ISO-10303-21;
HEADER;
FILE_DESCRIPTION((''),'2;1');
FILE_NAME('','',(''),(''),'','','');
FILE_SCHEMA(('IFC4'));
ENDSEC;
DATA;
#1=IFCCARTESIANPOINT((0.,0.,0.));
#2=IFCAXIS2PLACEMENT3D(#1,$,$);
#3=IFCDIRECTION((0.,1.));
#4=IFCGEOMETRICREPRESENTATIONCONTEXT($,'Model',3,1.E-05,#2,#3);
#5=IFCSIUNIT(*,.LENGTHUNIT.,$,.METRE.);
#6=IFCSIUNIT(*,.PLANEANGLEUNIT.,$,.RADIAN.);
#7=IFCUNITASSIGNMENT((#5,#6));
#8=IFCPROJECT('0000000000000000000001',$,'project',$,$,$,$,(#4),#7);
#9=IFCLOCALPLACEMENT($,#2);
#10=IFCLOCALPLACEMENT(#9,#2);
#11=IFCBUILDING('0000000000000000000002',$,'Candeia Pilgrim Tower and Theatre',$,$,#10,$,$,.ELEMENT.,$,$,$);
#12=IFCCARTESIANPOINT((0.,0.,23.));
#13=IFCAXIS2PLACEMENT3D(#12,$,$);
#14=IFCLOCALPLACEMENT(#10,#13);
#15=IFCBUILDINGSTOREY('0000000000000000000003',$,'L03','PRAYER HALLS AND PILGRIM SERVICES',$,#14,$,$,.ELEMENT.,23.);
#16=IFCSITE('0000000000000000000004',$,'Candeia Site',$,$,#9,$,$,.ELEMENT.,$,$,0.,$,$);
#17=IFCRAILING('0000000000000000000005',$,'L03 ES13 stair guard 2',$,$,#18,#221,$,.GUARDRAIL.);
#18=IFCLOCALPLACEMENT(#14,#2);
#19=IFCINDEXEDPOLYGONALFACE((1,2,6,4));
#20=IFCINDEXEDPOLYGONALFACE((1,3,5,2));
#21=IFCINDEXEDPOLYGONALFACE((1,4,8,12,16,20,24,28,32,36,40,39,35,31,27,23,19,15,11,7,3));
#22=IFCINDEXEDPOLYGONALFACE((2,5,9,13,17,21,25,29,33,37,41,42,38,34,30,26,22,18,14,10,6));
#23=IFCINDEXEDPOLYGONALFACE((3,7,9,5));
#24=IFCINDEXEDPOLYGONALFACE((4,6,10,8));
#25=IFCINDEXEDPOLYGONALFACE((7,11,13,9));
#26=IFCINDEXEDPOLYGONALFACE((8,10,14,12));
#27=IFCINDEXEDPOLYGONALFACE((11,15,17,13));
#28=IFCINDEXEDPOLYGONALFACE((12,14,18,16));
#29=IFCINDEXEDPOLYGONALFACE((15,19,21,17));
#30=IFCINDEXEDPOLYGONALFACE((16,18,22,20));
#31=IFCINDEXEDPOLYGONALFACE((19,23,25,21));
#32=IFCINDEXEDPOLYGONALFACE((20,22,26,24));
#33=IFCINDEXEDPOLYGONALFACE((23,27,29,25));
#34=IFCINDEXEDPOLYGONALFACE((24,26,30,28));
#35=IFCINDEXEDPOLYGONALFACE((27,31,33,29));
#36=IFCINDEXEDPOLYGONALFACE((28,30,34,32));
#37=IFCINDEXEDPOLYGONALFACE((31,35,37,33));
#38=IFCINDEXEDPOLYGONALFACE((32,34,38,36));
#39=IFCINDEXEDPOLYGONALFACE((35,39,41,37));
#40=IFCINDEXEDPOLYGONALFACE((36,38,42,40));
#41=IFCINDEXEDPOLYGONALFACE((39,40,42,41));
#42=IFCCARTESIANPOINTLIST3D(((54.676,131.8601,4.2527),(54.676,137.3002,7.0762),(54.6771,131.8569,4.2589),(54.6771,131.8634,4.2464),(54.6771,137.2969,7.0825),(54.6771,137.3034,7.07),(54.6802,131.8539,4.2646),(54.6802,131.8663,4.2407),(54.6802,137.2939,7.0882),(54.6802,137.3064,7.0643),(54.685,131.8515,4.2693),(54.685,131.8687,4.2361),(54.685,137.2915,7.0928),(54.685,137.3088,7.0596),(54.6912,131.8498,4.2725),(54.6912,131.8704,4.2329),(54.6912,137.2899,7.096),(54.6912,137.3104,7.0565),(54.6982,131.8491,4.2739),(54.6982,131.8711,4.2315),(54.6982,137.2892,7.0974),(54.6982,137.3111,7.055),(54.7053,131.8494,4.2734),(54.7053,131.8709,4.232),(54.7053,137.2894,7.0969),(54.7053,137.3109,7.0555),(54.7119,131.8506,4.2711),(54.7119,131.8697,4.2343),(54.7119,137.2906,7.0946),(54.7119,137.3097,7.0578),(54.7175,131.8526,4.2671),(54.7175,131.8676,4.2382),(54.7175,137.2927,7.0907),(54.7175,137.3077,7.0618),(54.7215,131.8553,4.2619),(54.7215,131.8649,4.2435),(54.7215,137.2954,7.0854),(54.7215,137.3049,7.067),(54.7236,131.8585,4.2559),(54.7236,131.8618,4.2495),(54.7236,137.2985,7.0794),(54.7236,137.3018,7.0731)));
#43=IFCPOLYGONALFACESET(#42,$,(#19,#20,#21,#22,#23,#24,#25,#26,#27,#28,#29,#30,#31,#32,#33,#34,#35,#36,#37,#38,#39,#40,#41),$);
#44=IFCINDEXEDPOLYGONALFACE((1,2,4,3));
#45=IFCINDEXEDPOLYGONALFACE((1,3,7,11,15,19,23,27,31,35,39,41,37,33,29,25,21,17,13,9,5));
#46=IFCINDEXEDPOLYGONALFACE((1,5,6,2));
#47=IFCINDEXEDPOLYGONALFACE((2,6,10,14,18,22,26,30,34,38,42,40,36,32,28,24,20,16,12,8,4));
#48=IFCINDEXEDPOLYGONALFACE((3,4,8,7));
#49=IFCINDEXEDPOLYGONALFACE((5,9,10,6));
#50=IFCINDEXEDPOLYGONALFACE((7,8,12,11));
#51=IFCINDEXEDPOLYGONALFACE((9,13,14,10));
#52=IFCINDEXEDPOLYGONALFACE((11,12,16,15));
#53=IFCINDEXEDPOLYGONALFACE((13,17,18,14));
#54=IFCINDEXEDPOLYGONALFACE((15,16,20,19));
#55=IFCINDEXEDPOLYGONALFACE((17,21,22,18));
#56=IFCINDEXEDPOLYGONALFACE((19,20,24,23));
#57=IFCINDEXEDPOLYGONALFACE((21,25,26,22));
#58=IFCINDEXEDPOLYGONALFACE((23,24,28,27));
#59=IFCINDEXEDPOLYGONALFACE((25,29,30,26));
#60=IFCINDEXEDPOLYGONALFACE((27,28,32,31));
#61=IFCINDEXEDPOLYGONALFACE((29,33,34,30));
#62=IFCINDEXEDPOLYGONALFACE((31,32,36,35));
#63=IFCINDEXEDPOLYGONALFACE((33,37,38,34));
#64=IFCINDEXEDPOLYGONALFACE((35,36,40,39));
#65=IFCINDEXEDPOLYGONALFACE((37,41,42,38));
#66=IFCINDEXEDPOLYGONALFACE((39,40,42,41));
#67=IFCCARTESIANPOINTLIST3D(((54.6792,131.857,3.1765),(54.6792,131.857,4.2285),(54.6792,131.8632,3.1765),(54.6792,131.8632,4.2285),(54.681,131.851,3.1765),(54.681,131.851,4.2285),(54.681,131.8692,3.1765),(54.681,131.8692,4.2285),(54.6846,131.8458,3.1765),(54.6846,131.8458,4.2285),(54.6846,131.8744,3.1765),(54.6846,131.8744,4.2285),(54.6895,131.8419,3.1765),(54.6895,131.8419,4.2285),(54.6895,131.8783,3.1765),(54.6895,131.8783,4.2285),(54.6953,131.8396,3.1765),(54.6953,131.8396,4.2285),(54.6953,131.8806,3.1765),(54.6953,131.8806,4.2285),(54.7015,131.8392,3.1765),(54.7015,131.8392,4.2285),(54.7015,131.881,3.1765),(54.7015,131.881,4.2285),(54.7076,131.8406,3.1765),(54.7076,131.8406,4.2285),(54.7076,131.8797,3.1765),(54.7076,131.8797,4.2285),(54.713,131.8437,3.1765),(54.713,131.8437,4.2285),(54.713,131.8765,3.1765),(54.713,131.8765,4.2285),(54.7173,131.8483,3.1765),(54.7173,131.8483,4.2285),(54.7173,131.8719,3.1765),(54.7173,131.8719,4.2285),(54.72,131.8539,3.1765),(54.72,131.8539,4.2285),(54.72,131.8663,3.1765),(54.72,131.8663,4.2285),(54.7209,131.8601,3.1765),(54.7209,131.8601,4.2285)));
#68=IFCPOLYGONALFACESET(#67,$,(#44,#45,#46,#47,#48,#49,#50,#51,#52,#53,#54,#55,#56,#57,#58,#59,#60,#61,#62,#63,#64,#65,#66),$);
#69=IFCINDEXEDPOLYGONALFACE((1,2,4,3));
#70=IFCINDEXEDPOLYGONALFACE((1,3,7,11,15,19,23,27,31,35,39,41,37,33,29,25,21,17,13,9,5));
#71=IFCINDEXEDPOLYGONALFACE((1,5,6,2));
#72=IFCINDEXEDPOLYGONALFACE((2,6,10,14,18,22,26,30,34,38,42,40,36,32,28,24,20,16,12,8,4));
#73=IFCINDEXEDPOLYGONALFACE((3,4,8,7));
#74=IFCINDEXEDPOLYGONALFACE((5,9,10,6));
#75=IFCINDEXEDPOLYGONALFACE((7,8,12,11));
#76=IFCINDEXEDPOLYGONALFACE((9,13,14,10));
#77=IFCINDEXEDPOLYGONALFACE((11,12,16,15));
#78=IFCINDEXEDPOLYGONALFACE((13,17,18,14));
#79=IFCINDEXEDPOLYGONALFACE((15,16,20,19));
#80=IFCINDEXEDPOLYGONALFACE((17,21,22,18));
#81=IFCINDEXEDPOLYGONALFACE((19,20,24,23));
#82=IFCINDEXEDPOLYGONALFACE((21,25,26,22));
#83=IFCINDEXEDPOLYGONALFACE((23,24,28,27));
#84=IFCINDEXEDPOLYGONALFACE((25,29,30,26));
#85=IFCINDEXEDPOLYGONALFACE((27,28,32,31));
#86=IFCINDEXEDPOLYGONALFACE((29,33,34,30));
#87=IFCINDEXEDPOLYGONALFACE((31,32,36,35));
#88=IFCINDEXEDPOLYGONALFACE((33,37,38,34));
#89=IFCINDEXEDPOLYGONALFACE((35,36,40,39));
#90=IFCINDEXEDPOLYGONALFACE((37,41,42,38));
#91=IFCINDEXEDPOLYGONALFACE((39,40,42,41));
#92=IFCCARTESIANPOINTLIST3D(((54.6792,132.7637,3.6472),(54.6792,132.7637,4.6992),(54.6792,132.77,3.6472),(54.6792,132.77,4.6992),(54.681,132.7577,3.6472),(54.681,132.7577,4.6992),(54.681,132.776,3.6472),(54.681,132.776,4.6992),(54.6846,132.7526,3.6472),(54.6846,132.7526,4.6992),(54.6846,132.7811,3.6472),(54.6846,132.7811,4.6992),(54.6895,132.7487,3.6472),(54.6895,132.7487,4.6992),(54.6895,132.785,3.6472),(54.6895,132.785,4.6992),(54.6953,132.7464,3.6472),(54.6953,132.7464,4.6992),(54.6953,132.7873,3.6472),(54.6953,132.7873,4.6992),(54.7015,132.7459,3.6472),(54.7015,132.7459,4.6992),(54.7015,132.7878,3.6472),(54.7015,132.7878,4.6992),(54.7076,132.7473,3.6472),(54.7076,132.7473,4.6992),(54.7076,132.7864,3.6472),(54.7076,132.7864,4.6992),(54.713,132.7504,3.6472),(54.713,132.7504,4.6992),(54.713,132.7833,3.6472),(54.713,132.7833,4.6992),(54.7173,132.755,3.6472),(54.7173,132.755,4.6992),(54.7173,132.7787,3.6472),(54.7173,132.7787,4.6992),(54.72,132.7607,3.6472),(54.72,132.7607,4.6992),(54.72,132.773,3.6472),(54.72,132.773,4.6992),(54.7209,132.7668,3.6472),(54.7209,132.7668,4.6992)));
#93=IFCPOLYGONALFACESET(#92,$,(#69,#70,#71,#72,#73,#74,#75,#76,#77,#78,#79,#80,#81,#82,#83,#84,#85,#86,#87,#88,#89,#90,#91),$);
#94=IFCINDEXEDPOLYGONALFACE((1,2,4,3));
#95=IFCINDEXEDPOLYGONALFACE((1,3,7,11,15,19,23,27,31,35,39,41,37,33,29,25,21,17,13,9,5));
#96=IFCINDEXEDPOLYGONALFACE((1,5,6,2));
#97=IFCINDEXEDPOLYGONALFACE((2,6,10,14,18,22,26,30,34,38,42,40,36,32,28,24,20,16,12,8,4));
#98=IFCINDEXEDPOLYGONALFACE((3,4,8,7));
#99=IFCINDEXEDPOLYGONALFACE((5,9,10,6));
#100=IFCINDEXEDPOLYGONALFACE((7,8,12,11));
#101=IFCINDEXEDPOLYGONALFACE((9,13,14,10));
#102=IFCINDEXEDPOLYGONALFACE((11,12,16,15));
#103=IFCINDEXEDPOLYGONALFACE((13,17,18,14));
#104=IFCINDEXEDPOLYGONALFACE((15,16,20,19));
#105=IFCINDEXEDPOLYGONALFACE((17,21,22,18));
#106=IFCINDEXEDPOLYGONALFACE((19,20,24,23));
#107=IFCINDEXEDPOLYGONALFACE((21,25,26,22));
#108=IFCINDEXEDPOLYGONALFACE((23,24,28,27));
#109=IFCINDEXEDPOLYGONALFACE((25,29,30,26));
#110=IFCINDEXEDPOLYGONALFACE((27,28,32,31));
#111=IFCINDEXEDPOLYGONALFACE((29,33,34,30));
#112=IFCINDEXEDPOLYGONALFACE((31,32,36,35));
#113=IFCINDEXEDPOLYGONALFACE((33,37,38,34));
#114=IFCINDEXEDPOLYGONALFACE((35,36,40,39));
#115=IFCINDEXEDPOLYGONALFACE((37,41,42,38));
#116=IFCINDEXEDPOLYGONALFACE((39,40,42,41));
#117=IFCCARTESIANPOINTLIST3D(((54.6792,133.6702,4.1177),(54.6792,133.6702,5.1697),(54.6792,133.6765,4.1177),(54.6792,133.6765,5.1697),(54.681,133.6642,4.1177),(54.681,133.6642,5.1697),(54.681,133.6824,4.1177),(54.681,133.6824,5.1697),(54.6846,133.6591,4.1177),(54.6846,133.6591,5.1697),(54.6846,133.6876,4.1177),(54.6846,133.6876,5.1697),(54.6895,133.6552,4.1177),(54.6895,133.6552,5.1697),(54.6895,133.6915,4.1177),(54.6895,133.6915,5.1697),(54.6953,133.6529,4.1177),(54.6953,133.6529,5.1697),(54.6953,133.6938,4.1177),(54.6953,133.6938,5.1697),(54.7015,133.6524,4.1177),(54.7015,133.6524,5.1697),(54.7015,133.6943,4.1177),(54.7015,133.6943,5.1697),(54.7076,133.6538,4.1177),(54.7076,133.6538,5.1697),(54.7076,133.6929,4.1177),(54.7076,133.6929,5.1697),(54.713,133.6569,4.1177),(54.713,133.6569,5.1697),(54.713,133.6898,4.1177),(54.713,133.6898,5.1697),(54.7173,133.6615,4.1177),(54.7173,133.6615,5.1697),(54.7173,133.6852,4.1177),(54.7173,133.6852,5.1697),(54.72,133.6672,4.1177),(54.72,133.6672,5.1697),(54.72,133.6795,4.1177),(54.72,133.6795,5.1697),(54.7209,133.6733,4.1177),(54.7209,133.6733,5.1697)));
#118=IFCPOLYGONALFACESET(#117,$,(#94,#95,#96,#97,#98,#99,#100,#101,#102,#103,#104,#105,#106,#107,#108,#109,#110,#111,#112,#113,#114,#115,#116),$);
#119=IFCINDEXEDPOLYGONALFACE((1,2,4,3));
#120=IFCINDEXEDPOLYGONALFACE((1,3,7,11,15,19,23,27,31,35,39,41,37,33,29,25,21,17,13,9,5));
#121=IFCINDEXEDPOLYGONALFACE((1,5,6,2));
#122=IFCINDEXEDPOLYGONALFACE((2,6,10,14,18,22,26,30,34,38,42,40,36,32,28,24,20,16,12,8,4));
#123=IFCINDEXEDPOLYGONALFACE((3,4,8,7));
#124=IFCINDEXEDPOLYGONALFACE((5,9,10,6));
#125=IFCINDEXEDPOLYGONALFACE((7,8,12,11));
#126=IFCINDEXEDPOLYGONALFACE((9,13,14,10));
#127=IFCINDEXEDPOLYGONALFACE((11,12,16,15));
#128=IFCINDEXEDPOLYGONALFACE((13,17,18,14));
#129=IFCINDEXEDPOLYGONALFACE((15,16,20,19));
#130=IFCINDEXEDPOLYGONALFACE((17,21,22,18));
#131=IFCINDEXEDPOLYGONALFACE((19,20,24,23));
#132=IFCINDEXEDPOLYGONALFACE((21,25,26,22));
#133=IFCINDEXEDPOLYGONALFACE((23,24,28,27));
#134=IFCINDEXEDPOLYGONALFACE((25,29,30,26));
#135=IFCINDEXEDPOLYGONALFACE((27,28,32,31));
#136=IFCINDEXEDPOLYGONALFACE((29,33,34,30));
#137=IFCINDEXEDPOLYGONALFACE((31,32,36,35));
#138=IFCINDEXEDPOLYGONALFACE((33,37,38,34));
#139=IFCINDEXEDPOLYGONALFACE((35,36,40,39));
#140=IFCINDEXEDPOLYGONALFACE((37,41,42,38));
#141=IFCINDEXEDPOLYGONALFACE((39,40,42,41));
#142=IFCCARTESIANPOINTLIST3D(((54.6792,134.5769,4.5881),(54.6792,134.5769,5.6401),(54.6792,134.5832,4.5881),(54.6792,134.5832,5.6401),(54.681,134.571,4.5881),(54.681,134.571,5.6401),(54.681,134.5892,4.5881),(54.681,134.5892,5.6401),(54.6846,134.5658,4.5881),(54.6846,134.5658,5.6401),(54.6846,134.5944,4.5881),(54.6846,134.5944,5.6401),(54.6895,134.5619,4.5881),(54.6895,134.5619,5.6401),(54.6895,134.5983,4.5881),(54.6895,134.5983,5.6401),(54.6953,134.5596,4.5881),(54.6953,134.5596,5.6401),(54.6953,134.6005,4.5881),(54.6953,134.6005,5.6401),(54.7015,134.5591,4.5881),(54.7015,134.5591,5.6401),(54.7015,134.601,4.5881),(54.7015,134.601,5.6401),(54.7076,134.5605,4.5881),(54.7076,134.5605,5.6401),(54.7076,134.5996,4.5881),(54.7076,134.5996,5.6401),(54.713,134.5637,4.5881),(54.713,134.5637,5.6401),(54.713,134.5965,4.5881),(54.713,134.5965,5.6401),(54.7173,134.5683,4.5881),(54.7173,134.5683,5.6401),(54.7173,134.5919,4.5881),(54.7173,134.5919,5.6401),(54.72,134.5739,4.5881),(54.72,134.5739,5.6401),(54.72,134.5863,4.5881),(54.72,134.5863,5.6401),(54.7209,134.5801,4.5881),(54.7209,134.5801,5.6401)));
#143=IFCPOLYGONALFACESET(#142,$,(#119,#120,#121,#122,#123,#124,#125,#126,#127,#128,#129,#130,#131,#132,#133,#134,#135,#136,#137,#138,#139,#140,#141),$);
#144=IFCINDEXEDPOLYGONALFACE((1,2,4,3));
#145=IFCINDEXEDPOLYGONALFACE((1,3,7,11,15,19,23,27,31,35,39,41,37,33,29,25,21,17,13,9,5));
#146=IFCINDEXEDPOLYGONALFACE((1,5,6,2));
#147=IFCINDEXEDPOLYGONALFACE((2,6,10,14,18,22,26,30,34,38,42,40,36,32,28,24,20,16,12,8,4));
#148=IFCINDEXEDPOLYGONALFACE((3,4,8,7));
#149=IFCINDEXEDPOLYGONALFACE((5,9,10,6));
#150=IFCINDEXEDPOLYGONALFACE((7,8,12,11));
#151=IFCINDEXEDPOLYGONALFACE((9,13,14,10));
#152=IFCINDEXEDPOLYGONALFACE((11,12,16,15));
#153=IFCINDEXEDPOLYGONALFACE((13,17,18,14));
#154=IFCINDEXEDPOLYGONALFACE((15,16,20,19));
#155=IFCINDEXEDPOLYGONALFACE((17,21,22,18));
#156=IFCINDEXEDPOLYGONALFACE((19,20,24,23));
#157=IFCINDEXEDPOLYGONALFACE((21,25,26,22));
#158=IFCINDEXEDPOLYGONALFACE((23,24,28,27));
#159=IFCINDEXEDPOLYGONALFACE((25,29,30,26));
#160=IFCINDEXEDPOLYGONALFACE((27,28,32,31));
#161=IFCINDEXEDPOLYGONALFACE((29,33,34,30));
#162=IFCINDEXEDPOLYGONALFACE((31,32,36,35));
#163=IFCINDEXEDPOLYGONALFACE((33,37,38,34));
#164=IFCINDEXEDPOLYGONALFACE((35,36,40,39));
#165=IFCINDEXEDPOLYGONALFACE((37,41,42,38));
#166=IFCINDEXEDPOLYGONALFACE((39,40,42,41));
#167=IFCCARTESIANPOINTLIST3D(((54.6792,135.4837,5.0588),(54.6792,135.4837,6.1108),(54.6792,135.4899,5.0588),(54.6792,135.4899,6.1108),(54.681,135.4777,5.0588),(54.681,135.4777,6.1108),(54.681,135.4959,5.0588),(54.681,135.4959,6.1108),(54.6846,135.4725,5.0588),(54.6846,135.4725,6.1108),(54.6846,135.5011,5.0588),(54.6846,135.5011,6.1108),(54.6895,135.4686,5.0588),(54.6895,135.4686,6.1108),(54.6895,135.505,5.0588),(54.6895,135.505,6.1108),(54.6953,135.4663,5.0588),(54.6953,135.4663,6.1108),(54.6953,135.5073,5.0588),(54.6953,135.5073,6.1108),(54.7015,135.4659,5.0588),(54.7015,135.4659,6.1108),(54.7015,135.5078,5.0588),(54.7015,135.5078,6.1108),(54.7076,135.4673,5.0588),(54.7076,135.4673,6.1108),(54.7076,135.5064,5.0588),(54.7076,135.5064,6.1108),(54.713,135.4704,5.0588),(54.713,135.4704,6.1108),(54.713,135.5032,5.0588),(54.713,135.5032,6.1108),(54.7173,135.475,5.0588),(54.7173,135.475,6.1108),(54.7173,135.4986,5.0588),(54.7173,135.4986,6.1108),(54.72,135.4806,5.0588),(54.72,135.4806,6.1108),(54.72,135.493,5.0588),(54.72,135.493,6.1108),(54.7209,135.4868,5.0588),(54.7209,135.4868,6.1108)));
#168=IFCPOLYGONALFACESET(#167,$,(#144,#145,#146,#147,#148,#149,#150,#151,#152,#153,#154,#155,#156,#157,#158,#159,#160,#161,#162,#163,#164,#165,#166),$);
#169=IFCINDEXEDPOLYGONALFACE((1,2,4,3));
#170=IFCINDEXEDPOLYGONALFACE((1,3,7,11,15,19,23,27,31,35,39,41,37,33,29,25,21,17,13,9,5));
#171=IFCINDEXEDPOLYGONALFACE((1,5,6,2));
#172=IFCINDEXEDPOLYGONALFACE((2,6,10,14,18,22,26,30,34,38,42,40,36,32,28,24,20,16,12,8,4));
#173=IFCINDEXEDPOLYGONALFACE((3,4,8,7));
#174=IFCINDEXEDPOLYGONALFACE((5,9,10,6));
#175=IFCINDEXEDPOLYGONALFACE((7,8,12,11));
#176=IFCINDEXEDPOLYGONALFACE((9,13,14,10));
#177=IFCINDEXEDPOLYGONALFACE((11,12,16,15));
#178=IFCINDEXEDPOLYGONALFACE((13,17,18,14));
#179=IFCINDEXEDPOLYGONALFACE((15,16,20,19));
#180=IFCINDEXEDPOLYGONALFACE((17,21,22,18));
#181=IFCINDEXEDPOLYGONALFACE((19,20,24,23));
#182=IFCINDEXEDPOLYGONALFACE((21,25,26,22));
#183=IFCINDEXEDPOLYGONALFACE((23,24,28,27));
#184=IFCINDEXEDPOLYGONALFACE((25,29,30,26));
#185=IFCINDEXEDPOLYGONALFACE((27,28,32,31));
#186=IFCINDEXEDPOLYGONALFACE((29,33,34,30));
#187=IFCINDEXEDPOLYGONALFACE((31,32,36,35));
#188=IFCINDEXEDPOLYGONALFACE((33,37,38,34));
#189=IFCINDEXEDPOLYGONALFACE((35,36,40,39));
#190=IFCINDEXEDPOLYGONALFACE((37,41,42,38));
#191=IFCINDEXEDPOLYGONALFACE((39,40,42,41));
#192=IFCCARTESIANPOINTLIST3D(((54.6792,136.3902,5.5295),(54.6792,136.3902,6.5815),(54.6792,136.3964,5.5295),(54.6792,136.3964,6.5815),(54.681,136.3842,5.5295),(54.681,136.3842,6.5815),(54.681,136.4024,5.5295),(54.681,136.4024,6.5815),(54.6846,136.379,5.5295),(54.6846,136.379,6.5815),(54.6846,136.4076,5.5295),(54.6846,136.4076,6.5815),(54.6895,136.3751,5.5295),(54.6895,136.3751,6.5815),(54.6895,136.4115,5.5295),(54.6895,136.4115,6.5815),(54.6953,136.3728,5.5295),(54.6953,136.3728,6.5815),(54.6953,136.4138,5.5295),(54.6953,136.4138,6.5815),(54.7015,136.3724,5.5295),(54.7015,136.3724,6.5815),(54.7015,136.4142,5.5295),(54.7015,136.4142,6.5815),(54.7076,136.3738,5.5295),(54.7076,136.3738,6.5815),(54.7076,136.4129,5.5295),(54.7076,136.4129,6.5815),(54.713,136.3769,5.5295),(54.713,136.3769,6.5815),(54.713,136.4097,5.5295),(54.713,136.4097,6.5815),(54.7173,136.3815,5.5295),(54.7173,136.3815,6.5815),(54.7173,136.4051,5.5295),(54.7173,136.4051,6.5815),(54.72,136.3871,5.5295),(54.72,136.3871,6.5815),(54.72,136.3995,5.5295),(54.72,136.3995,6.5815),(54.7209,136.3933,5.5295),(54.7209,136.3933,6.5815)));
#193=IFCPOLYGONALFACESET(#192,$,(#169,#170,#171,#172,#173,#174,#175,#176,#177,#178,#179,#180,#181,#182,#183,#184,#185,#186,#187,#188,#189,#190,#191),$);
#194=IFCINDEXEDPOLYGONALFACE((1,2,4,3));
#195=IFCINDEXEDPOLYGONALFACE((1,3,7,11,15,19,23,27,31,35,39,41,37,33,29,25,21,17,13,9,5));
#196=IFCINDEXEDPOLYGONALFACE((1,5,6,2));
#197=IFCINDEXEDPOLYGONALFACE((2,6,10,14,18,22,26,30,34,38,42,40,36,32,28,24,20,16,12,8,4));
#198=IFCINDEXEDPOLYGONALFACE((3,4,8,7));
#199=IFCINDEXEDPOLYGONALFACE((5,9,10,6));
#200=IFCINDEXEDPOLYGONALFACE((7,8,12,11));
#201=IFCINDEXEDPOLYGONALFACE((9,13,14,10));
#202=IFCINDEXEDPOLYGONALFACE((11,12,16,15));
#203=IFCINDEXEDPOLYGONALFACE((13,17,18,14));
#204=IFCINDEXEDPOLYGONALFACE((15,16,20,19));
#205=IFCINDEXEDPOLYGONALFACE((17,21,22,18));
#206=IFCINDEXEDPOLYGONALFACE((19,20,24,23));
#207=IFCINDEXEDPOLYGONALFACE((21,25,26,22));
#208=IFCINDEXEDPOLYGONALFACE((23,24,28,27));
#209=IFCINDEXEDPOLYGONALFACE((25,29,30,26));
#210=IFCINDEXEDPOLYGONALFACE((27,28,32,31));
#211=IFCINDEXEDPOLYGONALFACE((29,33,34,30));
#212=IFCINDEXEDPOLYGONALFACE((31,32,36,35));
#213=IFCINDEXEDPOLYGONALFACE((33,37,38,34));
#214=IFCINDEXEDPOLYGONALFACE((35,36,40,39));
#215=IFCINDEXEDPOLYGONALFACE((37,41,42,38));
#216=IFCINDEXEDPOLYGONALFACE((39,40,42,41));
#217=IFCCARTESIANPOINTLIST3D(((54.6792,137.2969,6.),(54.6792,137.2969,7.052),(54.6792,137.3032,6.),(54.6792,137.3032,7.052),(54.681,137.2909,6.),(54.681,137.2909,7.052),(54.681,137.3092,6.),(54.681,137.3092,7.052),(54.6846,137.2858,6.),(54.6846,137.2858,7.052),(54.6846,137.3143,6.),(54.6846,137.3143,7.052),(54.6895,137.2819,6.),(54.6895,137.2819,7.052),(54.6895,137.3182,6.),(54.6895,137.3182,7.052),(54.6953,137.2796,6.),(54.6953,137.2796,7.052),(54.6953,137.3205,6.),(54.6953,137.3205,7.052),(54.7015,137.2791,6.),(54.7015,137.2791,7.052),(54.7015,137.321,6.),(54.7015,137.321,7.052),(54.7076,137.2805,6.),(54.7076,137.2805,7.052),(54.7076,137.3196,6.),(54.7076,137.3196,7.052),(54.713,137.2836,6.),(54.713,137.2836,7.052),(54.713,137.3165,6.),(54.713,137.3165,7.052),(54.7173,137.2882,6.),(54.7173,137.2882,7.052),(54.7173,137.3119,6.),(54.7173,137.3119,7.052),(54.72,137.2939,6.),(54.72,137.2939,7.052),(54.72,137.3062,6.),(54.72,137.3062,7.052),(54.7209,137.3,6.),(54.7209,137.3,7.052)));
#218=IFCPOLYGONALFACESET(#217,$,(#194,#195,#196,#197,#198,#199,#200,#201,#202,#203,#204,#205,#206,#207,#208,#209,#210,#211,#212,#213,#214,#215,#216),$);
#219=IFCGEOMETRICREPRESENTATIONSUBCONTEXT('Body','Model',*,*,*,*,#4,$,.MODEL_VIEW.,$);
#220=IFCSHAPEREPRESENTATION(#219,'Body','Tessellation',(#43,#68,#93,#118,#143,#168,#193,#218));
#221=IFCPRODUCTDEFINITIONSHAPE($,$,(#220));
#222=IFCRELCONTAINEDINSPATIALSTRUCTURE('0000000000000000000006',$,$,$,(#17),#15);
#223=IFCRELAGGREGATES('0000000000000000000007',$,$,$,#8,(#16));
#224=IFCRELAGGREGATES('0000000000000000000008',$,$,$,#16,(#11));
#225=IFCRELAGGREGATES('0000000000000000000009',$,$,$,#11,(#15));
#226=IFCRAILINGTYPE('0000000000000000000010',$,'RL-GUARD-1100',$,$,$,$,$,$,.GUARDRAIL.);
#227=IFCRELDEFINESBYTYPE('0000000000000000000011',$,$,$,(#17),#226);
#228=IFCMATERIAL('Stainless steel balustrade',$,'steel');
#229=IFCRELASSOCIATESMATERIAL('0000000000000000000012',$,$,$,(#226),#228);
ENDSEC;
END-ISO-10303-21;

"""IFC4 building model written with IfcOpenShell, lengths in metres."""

from ifc_helpers import new_model, si_unit, direction, frame, origin, origin_2d, place, context, subcontext, project, spatial, circle, extrude, material, type_object, element, save


model = new_model("IFC4")

# Units and contexts
model_context = context("Model", 3, precision=1e-05, world=origin(), true_north=direction((0.0, 1.0)))
body_context = subcontext(model_context, "Body", "Model", "MODEL_VIEW")
ifc_project = project(units=[si_unit("LENGTHUNIT", "METRE"), si_unit("PLANEANGLEUNIT", "RADIAN")], contexts=[model_context])

# Site, building, storey
site_placement = place(None, origin())
site = spatial("IfcSite", under=ifc_project, at=site_placement, Name="Candeia Site", CompositionType="ELEMENT", RefElevation=0.0)
building_placement = place(site_placement, origin())
building = spatial("IfcBuilding", under=site, at=building_placement, Name="Candeia Pilgrim Tower and Theatre", CompositionType="ELEMENT")
storey_placement = place(building_placement, frame((0.0, 0.0, 23.0)))
storey = spatial("IfcBuildingStorey", under=building, at=storey_placement, Name="L03", Description="PRAYER HALLS AND PILGRIM SERVICES", CompositionType="ELEMENT", Elevation=23.0)

# Railing
ifc_material_1 = material(Name="Stainless steel balustrade", Category="steel")
railing_type_1 = type_object("IfcRailingType", Name="RL-GUARD-1100", PredefinedType="GUARDRAIL", material=ifc_material_1)
railing_1_placement = place(storey_placement, frame((54.7, 131.8601, 3.1765)))
element("IfcRailing", 1, at=railing_1_placement, inside=storey, type_object=railing_type_1, Name="L03 ES13 stair guard 2", PredefinedType="GUARDRAIL", context=body_context, shape_type="SweptSolid", body=[
    extrude(circle(Radius=0.0239, at=origin_2d()), frame((0.0, 0.0, 1.0762), z_axis=(0.0, 0.887569, 0.460674), x_axis=(-1.0, 0.0, 0.0)), (0.0, 0.0, 1.0), 6.1292),
    extrude(circle(Radius=0.021, at=origin_2d()), origin(), (0.0, 0.0, 1.0), 1.052),
    extrude(circle(Radius=0.021, at=origin_2d()), frame((0.0, 0.9067, 0.4707)), (0.0, 0.0, 1.0), 1.052),
    extrude(circle(Radius=0.021, at=origin_2d()), frame((0.0, 1.8132, 0.9412)), (0.0, 0.0, 1.0), 1.052),
    extrude(circle(Radius=0.021, at=origin_2d()), frame((0.0, 2.72, 1.4116)), (0.0, 0.0, 1.0), 1.052),
    extrude(circle(Radius=0.021, at=origin_2d()), frame((0.0, 3.6267, 1.8823)), (0.0, 0.0, 1.0), 1.052),
    extrude(circle(Radius=0.021, at=origin_2d()), frame((0.0, 4.5332, 2.353)), (0.0, 0.0, 1.0), 1.052),
    extrude(circle(Radius=0.021, at=origin_2d()), frame((0.0, 5.4399, 2.8235)), (0.0, 0.0, 1.0), 1.052),
])

save(model, "model.ifc")
